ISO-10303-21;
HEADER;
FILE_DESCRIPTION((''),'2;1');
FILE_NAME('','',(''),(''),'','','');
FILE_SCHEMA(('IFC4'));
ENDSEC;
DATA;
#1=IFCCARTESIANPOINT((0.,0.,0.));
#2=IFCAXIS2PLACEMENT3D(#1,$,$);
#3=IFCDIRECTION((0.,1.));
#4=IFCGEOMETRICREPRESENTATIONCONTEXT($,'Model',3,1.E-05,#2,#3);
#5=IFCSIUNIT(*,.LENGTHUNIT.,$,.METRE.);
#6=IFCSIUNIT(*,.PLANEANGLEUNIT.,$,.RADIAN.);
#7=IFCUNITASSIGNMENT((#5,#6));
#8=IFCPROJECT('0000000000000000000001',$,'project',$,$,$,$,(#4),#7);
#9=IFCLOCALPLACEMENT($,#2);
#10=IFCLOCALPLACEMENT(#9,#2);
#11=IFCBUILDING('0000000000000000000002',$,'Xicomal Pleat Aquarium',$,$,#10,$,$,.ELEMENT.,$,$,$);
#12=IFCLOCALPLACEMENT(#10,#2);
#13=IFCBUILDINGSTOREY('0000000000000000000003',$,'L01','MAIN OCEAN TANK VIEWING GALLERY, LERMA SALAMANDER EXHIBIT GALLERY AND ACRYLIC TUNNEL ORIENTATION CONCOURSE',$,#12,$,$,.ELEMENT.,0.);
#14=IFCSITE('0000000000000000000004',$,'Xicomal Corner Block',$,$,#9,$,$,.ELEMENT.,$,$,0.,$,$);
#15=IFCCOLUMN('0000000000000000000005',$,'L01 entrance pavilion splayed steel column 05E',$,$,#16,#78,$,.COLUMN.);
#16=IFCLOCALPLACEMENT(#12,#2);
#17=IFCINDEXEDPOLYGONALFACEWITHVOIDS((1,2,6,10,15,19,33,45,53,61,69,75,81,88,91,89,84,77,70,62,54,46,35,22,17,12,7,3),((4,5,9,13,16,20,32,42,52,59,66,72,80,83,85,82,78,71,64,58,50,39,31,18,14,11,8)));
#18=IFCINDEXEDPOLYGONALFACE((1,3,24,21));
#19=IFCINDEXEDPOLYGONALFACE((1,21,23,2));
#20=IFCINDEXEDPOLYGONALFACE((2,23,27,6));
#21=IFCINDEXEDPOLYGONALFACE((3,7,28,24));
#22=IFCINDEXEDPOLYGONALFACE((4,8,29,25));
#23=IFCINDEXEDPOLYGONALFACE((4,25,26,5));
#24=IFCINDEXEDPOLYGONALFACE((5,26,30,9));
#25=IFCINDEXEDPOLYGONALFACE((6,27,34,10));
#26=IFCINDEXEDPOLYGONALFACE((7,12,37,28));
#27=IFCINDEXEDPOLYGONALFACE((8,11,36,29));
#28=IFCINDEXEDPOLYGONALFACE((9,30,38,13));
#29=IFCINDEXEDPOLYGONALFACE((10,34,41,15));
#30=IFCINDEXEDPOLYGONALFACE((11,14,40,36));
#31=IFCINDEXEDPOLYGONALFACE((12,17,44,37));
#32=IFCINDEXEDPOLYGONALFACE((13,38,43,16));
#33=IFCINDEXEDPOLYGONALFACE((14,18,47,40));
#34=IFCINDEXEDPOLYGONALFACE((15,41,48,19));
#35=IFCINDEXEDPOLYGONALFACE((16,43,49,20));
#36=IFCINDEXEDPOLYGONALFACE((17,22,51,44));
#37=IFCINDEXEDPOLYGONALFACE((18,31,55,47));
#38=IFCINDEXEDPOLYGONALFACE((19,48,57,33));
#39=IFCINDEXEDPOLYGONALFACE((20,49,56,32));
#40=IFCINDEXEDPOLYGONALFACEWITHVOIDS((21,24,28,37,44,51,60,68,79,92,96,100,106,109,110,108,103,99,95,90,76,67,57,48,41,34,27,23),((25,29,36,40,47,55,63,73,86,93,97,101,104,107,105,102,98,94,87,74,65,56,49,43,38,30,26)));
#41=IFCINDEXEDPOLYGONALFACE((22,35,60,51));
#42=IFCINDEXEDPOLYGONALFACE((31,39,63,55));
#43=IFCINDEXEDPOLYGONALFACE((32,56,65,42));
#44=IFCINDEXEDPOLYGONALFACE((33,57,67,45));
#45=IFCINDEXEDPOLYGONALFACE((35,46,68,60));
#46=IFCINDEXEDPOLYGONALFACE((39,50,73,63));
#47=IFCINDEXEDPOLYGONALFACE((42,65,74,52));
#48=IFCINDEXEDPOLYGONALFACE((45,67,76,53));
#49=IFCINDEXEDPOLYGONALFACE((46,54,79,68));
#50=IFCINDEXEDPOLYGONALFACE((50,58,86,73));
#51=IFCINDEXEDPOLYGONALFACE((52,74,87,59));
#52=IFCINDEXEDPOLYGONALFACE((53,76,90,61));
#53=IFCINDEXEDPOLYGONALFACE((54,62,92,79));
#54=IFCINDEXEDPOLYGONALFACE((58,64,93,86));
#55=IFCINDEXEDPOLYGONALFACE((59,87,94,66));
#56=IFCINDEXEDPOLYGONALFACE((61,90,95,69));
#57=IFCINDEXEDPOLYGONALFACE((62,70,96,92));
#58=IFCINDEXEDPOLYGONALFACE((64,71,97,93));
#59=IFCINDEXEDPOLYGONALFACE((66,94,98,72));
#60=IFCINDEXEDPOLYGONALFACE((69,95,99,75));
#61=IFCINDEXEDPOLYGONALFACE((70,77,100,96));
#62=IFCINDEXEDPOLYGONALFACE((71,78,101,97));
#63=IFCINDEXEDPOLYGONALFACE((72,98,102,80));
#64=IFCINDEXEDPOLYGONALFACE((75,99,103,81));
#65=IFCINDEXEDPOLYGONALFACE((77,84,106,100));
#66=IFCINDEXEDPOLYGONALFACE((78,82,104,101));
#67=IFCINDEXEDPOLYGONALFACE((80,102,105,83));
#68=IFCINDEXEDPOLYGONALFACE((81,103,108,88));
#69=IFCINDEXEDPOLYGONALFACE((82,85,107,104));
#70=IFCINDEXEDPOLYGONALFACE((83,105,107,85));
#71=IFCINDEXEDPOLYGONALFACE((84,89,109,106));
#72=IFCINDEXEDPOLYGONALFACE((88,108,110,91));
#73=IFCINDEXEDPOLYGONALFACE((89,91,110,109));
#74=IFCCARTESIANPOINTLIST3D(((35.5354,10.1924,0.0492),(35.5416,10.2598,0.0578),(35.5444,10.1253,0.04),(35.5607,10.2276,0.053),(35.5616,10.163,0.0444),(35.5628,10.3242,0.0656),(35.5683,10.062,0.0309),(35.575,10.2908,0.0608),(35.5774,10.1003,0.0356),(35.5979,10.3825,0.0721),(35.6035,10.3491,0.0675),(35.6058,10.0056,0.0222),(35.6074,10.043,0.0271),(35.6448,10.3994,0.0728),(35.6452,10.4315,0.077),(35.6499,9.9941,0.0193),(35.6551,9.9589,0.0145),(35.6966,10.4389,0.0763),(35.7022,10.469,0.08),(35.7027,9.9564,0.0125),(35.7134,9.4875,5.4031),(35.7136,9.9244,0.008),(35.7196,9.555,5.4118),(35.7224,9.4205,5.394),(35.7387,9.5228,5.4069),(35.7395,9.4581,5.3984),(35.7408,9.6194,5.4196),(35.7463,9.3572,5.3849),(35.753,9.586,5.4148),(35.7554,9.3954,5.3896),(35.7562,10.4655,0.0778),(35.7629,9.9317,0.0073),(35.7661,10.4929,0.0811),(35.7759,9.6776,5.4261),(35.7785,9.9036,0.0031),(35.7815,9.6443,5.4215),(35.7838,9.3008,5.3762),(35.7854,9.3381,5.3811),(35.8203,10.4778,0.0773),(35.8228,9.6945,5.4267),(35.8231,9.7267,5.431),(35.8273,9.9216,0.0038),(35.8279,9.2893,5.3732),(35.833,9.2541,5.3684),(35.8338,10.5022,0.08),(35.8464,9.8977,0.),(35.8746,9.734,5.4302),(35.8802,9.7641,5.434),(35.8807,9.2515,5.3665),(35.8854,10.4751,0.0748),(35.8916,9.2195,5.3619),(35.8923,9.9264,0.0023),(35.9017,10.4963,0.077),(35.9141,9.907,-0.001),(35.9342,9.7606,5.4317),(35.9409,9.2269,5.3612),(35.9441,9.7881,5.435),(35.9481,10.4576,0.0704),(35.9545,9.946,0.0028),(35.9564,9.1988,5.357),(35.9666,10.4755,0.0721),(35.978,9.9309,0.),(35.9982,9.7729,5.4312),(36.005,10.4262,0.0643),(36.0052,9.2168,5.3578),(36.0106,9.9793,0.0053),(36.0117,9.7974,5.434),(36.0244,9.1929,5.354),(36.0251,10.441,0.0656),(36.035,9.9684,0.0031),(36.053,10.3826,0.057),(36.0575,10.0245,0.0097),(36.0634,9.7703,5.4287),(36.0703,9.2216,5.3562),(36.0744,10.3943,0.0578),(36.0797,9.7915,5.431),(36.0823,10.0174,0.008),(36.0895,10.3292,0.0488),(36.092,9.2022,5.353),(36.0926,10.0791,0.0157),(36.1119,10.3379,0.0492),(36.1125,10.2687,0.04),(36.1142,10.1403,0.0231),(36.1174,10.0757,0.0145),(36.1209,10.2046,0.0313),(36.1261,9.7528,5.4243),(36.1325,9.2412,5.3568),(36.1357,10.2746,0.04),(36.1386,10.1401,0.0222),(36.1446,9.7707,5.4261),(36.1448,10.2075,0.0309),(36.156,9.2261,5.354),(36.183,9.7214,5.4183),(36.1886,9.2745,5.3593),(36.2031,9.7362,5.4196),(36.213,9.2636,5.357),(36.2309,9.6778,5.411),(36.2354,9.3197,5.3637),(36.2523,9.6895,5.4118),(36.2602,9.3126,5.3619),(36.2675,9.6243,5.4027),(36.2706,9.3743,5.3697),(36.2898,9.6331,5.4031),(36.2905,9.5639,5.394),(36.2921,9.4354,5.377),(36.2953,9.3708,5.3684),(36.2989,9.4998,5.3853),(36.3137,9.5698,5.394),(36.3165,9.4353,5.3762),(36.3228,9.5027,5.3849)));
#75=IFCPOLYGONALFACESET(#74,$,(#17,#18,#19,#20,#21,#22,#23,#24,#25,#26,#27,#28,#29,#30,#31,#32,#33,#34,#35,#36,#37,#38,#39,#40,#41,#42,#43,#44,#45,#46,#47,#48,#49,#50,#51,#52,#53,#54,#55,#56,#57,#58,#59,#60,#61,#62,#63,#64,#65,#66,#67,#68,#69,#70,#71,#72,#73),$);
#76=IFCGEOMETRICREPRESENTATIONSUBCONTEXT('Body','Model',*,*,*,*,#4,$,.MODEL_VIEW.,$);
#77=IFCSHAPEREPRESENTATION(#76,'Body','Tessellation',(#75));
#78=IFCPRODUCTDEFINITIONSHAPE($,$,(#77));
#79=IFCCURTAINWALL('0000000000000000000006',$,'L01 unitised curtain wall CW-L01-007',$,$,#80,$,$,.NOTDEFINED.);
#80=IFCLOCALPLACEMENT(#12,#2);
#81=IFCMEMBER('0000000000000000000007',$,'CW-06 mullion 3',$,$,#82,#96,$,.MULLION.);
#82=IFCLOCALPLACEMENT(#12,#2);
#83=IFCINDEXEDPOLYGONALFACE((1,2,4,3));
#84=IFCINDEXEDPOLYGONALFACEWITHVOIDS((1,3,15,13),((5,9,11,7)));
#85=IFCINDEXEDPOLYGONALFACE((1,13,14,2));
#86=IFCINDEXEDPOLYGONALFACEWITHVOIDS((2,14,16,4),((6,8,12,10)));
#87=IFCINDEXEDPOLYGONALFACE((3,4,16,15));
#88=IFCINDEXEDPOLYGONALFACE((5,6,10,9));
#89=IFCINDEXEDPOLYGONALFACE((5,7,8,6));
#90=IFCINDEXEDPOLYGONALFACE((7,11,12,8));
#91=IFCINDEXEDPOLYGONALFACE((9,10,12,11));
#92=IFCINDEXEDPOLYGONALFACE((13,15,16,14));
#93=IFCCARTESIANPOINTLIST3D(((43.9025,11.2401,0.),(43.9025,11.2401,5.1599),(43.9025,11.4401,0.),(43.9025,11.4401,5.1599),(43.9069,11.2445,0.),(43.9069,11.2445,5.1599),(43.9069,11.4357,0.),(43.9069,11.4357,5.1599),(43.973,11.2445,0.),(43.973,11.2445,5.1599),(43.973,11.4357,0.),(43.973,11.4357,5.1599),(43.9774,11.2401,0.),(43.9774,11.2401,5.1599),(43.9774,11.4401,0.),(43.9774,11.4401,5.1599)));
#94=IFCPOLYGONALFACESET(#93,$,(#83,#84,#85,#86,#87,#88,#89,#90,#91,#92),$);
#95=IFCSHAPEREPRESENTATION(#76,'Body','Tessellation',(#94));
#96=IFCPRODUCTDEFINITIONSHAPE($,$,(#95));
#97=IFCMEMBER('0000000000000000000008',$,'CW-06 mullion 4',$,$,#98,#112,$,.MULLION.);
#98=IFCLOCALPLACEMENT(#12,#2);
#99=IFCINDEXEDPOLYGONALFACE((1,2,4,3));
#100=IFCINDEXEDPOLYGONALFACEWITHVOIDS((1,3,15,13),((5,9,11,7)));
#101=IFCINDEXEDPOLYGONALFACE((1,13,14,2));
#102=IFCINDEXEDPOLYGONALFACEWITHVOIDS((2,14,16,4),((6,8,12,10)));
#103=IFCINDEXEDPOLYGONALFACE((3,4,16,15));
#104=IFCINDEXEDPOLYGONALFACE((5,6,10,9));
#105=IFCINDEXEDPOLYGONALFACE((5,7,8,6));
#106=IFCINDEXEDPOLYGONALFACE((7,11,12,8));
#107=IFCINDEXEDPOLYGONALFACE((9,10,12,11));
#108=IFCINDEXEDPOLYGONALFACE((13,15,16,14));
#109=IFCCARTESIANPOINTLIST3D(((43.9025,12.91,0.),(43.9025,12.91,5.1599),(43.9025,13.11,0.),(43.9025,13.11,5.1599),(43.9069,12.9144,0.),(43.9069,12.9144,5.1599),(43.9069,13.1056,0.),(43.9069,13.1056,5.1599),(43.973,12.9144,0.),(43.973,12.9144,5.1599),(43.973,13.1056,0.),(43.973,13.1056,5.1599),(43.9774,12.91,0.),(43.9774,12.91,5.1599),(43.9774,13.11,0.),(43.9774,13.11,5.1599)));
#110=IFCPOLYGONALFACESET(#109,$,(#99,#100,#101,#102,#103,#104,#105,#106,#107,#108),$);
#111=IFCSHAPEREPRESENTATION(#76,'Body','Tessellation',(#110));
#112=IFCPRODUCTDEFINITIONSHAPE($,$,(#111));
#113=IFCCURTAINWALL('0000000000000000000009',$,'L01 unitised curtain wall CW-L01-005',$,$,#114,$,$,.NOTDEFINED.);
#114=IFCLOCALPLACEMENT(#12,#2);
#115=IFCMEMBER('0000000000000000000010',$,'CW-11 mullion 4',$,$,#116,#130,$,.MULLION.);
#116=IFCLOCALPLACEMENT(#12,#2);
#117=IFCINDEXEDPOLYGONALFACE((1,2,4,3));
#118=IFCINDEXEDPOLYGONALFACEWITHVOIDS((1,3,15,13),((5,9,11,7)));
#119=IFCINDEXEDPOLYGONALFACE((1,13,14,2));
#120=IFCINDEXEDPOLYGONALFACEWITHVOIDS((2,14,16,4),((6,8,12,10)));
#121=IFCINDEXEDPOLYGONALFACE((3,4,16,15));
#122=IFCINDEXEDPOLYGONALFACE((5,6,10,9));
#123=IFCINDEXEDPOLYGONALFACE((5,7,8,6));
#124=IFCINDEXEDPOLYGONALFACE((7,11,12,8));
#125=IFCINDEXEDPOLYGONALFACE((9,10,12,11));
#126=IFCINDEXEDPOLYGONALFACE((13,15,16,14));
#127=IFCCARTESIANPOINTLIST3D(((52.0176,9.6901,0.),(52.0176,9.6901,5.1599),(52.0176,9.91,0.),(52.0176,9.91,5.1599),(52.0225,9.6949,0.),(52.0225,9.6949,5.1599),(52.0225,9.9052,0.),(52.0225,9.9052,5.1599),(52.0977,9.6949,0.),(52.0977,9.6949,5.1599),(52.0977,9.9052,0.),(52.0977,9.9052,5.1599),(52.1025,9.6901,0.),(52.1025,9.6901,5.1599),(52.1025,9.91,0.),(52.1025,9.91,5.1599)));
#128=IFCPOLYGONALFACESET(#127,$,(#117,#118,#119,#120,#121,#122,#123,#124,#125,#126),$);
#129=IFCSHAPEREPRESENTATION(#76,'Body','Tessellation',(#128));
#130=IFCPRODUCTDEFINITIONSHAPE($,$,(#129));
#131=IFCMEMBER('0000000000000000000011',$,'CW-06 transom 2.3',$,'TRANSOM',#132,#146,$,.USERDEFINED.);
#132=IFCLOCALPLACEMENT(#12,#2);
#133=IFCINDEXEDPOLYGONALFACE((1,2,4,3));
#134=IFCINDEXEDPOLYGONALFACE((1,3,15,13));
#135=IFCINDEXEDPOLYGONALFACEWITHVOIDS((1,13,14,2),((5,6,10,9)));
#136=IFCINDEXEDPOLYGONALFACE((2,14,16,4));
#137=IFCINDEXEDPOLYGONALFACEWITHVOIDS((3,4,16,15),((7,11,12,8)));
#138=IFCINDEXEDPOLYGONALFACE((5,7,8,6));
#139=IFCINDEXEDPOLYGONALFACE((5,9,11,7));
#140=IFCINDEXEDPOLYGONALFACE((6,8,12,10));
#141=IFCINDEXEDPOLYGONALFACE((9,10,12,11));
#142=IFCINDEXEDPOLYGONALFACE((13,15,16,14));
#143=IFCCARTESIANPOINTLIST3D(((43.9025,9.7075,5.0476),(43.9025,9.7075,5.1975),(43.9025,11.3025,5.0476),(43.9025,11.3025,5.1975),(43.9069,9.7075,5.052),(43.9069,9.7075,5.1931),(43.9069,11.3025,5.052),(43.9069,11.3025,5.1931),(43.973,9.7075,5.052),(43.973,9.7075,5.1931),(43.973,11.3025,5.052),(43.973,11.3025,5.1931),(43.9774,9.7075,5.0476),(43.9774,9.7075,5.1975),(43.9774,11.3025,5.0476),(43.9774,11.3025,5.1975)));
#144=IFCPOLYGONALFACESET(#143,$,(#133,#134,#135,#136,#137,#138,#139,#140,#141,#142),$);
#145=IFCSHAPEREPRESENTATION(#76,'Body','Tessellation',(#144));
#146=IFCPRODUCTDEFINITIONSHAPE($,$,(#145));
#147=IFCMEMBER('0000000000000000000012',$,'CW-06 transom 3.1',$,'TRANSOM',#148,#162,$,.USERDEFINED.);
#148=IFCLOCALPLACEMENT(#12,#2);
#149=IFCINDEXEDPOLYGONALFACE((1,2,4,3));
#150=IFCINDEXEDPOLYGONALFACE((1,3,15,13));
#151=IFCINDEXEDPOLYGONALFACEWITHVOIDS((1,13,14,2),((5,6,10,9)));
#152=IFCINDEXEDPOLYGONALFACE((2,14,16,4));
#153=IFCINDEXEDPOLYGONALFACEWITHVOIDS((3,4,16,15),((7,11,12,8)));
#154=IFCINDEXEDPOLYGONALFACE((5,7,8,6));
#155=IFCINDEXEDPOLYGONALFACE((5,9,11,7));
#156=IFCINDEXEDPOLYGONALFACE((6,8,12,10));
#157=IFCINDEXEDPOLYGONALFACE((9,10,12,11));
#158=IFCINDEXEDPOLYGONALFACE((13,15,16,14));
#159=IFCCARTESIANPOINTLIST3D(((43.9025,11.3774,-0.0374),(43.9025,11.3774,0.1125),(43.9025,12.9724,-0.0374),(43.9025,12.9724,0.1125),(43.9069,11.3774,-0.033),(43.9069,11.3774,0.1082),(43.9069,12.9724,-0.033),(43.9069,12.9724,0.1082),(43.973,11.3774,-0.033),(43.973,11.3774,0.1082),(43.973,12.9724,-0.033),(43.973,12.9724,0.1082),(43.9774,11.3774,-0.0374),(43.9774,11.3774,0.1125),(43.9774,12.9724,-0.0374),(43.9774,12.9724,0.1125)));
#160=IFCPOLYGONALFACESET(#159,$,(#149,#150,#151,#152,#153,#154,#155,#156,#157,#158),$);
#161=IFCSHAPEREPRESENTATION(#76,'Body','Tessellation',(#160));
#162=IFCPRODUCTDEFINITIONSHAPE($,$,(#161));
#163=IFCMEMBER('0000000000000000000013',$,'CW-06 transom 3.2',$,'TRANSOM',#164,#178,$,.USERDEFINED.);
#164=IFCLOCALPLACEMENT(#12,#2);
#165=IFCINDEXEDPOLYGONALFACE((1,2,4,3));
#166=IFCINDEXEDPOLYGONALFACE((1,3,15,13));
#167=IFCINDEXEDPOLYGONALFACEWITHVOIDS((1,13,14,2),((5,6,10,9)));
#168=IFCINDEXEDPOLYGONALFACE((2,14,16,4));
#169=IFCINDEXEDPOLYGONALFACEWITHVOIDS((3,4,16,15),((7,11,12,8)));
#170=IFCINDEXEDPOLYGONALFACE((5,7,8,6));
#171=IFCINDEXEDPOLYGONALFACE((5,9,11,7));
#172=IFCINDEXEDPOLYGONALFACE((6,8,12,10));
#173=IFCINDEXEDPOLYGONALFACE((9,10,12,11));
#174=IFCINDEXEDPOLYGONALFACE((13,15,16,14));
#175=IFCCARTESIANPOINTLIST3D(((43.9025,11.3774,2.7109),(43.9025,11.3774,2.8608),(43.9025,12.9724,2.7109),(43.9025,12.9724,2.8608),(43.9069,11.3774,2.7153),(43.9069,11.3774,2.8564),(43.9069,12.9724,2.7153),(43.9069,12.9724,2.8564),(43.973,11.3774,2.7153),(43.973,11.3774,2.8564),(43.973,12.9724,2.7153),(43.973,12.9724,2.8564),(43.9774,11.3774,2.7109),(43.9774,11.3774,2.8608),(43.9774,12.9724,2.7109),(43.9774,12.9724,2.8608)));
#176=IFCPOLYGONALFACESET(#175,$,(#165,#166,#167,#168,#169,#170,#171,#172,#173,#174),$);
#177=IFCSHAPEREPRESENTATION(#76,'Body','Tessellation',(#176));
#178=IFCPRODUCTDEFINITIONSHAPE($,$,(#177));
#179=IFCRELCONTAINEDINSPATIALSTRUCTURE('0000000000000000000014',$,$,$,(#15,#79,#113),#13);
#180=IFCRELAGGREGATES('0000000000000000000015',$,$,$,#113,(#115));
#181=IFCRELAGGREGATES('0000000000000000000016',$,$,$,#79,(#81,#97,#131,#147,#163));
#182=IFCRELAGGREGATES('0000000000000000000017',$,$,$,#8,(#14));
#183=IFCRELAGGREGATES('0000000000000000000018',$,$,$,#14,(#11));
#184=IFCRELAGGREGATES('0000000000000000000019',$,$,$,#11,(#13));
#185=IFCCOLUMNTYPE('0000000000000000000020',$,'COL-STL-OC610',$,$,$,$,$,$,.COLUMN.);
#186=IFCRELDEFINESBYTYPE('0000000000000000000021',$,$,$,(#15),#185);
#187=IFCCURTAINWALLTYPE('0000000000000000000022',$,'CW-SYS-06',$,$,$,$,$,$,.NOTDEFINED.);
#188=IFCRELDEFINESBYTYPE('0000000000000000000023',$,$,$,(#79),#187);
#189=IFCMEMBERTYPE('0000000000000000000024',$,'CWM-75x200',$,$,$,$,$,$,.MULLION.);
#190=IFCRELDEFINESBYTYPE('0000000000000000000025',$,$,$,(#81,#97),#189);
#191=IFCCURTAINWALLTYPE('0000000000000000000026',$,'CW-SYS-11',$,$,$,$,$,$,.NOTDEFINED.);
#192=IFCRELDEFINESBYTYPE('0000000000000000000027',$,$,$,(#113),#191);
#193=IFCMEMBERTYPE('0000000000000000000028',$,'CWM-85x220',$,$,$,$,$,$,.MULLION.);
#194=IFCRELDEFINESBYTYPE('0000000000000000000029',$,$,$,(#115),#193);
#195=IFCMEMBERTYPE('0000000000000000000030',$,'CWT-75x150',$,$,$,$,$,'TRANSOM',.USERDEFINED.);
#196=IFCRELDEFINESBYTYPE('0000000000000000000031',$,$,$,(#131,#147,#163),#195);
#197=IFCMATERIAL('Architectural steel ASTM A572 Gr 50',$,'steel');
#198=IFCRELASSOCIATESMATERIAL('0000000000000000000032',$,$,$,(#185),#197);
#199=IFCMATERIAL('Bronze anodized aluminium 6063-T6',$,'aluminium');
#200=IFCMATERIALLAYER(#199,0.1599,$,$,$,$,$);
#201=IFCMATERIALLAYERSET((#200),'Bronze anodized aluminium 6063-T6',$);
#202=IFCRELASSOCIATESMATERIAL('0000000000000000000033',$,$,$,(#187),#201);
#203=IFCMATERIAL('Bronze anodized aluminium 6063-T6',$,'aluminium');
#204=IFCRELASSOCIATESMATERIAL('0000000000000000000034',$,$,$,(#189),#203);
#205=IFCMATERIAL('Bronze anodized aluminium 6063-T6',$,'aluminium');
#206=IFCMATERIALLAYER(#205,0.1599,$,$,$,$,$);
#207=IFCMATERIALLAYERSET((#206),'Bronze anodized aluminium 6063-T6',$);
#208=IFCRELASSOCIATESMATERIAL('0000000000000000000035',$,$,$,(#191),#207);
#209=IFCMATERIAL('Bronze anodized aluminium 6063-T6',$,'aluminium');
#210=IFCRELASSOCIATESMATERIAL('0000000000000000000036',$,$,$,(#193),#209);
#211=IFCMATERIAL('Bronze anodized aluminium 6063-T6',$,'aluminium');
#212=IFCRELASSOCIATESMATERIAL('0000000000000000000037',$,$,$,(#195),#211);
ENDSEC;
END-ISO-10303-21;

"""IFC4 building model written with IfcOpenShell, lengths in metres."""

from ifc_helpers import new_model, si_unit, direction, frame, origin, origin_2d, place, context, subcontext, project, spatial, hollow_rectangle, hollow_circle, extrude, material, layer, layer_set, material_profile, profile_set, type_object, element, aggregate, save


model = new_model("IFC4")

# Units and contexts
model_context = context("Model", 3, precision=1e-05, world=origin(), true_north=direction((0.0, 1.0)))
body_context = subcontext(model_context, "Body", "Model", "MODEL_VIEW")
ifc_project = project(units=[si_unit("LENGTHUNIT", "METRE"), si_unit("PLANEANGLEUNIT", "RADIAN")], contexts=[model_context])

# Site, building, storey
site_placement = place(None, origin())
site = spatial("IfcSite", under=ifc_project, at=site_placement, Name="Xicomal Corner Block", CompositionType="ELEMENT", RefElevation=0.0)
building_placement = place(site_placement, origin())
building = spatial("IfcBuilding", under=site, at=building_placement, Name="Xicomal Pleat Aquarium", CompositionType="ELEMENT")
storey_placement = place(building_placement, origin())
storey = spatial("IfcBuildingStorey", under=building, at=storey_placement, Name="L01", Description="MAIN OCEAN TANK VIEWING GALLERY, LERMA SALAMANDER EXHIBIT GALLERY AND ACRYLIC TUNNEL ORIENTATION CONCOURSE", CompositionType="ELEMENT", Elevation=0.0)

# Column
ifc_material_1 = material(Name="Architectural steel ASTM A572 Gr 50", Category="steel")
ifc_material_profile_1 = material_profile(ifc_material_1, hollow_circle(Radius=0.3049, WallThickness=0.0239, at=origin_2d()), Name="OC 610x24")
ifc_profile_set_1 = profile_set([ifc_material_profile_1], Name="Architectural steel ASTM A572 Gr 50")
column_type = type_object("IfcColumnType", Name="COL-STL-OC610", PredefinedType="COLUMN", material=ifc_profile_set_1)
column_placement = place(storey_placement, frame((35.8401, 10.2, 0.04), z_axis=(0.03294, -0.130449, 0.990908), x_axis=(0.969567, 0.244827, 0.0)))
element("IfcColumn", 1, at=column_placement, inside=storey, type_object=column_type, Name="L01 entrance pavilion splayed steel column 05E", PredefinedType="COLUMN", context=body_context, shape_type="SweptSolid", body=[
    extrude(hollow_circle(Radius=0.3049, WallThickness=0.0239, at=origin_2d()), origin(), (0.0, 0.0, 1.0), 5.4031),
])

# Curtain wall, members
ifc_material_2 = material(Name="Bronze anodized aluminium 6063-T6", Category="aluminium")
ifc_layer_1 = layer(ifc_material_2, 0.1599)
ifc_layer_set_1 = layer_set([ifc_layer_1], Name="Bronze anodized aluminium 6063-T6")
curtain_wall_type_1 = type_object("IfcCurtainWallType", Name="CW-SYS-06", PredefinedType="NOTDEFINED", material=ifc_layer_set_1)
curtain_wall_1_placement = place(storey_placement, origin())
curtain_wall_1 = element("IfcCurtainWall", 2, at=curtain_wall_1_placement, inside=storey, type_object=curtain_wall_type_1, Name="L01 unitised curtain wall CW-L01-007", PredefinedType="NOTDEFINED")
ifc_material_3 = material(Name="Bronze anodized aluminium 6063-T6", Category="aluminium")
ifc_material_profile_2 = material_profile(ifc_material_3, hollow_rectangle(XDim=0.075, YDim=0.2, WallThickness=0.0044, at=origin_2d()), Name="ALU MULL 75x200")
ifc_profile_set_2 = profile_set([ifc_material_profile_2], Name="Bronze anodized aluminium 6063-T6")
member_type_1 = type_object("IfcMemberType", Name="CWM-75x200", PredefinedType="MULLION", material=ifc_profile_set_2)
member_1_placement = place(storey_placement, frame((43.9399, 11.3401, 0.0), z_axis=(0.0, 0.0, 1.0), x_axis=(-1.0, 0.0, 0.0)))
member_1 = element("IfcMember", 3, at=member_1_placement, type_object=member_type_1, Name="CW-06 mullion 3", PredefinedType="MULLION", context=body_context, shape_type="SweptSolid", body=[
    extrude(hollow_rectangle(XDim=0.075, YDim=0.2, WallThickness=0.0044, at=origin_2d()), origin(), (0.0, 0.0, 1.0), 5.1599),
])
member_2_placement = place(storey_placement, frame((43.9399, 13.01, 0.0), z_axis=(0.0, 0.0, 1.0), x_axis=(-1.0, 0.0, 0.0)))
member_2 = element("IfcMember", 4, at=member_2_placement, type_object=member_type_1, Name="CW-06 mullion 4", PredefinedType="MULLION", context=body_context, shape_type="SweptSolid", body=[
    extrude(hollow_rectangle(XDim=0.075, YDim=0.2, WallThickness=0.0044, at=origin_2d()), origin(), (0.0, 0.0, 1.0), 5.1599),
])

# Curtain wall, member
ifc_material_4 = material(Name="Bronze anodized aluminium 6063-T6", Category="aluminium")
ifc_layer_2 = layer(ifc_material_4, 0.1599)
ifc_layer_set_2 = layer_set([ifc_layer_2], Name="Bronze anodized aluminium 6063-T6")
curtain_wall_type_2 = type_object("IfcCurtainWallType", Name="CW-SYS-11", PredefinedType="NOTDEFINED", material=ifc_layer_set_2)
curtain_wall_2_placement = place(storey_placement, origin())
curtain_wall_2 = element("IfcCurtainWall", 5, at=curtain_wall_2_placement, inside=storey, type_object=curtain_wall_type_2, Name="L01 unitised curtain wall CW-L01-005", PredefinedType="NOTDEFINED")
ifc_material_5 = material(Name="Bronze anodized aluminium 6063-T6", Category="aluminium")
ifc_material_profile_3 = material_profile(ifc_material_5, hollow_rectangle(XDim=0.085, YDim=0.22, WallThickness=0.0049, at=origin_2d()), Name="ALU MULL 85x220")
ifc_profile_set_3 = profile_set([ifc_material_profile_3], Name="Bronze anodized aluminium 6063-T6")
member_type_2 = type_object("IfcMemberType", Name="CWM-85x220", PredefinedType="MULLION", material=ifc_profile_set_3)
member_3_placement = place(storey_placement, frame((52.0601, 9.8, 0.0), z_axis=(0.0, 0.0, 1.0), x_axis=(1.0, 0.0, 0.0)))
member_3 = element("IfcMember", 6, at=member_3_placement, type_object=member_type_2, Name="CW-11 mullion 4", PredefinedType="MULLION", context=body_context, shape_type="SweptSolid", body=[
    extrude(hollow_rectangle(XDim=0.085, YDim=0.22, WallThickness=0.0049, at=origin_2d()), origin(), (0.0, 0.0, 1.0), 5.1599),
])

# Members
ifc_material_6 = material(Name="Bronze anodized aluminium 6063-T6", Category="aluminium")
ifc_material_profile_4 = material_profile(ifc_material_6, hollow_rectangle(XDim=0.075, YDim=0.1499, WallThickness=0.0044, at=origin_2d()), Name="ALU TRAN 75x150")
ifc_profile_set_4 = profile_set([ifc_material_profile_4], Name="Bronze anodized aluminium 6063-T6")
member_type_3 = type_object("IfcMemberType", Name="CWT-75x150", ElementType="TRANSOM", PredefinedType="USERDEFINED", material=ifc_profile_set_4)
member_4_placement = place(storey_placement, frame((43.9399, 9.7075, 5.1226), z_axis=(0.0, 1.0, 0.0), x_axis=(-1.0, 0.0, 0.0)))
member_4 = element("IfcMember", 7, at=member_4_placement, type_object=member_type_3, Name="CW-06 transom 2.3", ObjectType="TRANSOM", PredefinedType="USERDEFINED", context=body_context, shape_type="SweptSolid", body=[
    extrude(hollow_rectangle(XDim=0.075, YDim=0.1499, WallThickness=0.0044, at=origin_2d()), origin(), (0.0, 0.0, 1.0), 1.595),
])
member_5_placement = place(storey_placement, frame((43.9399, 11.3774, 0.0376), z_axis=(0.0, 1.0, 0.0), x_axis=(-1.0, 0.0, 0.0)))
member_5 = element("IfcMember", 8, at=member_5_placement, type_object=member_type_3, Name="CW-06 transom 3.1", ObjectType="TRANSOM", PredefinedType="USERDEFINED", context=body_context, shape_type="SweptSolid", body=[
    extrude(hollow_rectangle(XDim=0.075, YDim=0.1499, WallThickness=0.0044, at=origin_2d()), origin(), (0.0, 0.0, 1.0), 1.595),
])
member_6_placement = place(storey_placement, frame((43.9399, 11.3774, 2.7859), z_axis=(0.0, 1.0, 0.0), x_axis=(-1.0, 0.0, 0.0)))
member_6 = element("IfcMember", 9, at=member_6_placement, type_object=member_type_3, Name="CW-06 transom 3.2", ObjectType="TRANSOM", PredefinedType="USERDEFINED", context=body_context, shape_type="SweptSolid", body=[
    extrude(hollow_rectangle(XDim=0.075, YDim=0.1499, WallThickness=0.0044, at=origin_2d()), origin(), (0.0, 0.0, 1.0), 1.595),
])

aggregate(curtain_wall_2, [member_3])
aggregate(curtain_wall_1, [member_1, member_2, member_4, member_5, member_6])

save(model, "model.ifc")
